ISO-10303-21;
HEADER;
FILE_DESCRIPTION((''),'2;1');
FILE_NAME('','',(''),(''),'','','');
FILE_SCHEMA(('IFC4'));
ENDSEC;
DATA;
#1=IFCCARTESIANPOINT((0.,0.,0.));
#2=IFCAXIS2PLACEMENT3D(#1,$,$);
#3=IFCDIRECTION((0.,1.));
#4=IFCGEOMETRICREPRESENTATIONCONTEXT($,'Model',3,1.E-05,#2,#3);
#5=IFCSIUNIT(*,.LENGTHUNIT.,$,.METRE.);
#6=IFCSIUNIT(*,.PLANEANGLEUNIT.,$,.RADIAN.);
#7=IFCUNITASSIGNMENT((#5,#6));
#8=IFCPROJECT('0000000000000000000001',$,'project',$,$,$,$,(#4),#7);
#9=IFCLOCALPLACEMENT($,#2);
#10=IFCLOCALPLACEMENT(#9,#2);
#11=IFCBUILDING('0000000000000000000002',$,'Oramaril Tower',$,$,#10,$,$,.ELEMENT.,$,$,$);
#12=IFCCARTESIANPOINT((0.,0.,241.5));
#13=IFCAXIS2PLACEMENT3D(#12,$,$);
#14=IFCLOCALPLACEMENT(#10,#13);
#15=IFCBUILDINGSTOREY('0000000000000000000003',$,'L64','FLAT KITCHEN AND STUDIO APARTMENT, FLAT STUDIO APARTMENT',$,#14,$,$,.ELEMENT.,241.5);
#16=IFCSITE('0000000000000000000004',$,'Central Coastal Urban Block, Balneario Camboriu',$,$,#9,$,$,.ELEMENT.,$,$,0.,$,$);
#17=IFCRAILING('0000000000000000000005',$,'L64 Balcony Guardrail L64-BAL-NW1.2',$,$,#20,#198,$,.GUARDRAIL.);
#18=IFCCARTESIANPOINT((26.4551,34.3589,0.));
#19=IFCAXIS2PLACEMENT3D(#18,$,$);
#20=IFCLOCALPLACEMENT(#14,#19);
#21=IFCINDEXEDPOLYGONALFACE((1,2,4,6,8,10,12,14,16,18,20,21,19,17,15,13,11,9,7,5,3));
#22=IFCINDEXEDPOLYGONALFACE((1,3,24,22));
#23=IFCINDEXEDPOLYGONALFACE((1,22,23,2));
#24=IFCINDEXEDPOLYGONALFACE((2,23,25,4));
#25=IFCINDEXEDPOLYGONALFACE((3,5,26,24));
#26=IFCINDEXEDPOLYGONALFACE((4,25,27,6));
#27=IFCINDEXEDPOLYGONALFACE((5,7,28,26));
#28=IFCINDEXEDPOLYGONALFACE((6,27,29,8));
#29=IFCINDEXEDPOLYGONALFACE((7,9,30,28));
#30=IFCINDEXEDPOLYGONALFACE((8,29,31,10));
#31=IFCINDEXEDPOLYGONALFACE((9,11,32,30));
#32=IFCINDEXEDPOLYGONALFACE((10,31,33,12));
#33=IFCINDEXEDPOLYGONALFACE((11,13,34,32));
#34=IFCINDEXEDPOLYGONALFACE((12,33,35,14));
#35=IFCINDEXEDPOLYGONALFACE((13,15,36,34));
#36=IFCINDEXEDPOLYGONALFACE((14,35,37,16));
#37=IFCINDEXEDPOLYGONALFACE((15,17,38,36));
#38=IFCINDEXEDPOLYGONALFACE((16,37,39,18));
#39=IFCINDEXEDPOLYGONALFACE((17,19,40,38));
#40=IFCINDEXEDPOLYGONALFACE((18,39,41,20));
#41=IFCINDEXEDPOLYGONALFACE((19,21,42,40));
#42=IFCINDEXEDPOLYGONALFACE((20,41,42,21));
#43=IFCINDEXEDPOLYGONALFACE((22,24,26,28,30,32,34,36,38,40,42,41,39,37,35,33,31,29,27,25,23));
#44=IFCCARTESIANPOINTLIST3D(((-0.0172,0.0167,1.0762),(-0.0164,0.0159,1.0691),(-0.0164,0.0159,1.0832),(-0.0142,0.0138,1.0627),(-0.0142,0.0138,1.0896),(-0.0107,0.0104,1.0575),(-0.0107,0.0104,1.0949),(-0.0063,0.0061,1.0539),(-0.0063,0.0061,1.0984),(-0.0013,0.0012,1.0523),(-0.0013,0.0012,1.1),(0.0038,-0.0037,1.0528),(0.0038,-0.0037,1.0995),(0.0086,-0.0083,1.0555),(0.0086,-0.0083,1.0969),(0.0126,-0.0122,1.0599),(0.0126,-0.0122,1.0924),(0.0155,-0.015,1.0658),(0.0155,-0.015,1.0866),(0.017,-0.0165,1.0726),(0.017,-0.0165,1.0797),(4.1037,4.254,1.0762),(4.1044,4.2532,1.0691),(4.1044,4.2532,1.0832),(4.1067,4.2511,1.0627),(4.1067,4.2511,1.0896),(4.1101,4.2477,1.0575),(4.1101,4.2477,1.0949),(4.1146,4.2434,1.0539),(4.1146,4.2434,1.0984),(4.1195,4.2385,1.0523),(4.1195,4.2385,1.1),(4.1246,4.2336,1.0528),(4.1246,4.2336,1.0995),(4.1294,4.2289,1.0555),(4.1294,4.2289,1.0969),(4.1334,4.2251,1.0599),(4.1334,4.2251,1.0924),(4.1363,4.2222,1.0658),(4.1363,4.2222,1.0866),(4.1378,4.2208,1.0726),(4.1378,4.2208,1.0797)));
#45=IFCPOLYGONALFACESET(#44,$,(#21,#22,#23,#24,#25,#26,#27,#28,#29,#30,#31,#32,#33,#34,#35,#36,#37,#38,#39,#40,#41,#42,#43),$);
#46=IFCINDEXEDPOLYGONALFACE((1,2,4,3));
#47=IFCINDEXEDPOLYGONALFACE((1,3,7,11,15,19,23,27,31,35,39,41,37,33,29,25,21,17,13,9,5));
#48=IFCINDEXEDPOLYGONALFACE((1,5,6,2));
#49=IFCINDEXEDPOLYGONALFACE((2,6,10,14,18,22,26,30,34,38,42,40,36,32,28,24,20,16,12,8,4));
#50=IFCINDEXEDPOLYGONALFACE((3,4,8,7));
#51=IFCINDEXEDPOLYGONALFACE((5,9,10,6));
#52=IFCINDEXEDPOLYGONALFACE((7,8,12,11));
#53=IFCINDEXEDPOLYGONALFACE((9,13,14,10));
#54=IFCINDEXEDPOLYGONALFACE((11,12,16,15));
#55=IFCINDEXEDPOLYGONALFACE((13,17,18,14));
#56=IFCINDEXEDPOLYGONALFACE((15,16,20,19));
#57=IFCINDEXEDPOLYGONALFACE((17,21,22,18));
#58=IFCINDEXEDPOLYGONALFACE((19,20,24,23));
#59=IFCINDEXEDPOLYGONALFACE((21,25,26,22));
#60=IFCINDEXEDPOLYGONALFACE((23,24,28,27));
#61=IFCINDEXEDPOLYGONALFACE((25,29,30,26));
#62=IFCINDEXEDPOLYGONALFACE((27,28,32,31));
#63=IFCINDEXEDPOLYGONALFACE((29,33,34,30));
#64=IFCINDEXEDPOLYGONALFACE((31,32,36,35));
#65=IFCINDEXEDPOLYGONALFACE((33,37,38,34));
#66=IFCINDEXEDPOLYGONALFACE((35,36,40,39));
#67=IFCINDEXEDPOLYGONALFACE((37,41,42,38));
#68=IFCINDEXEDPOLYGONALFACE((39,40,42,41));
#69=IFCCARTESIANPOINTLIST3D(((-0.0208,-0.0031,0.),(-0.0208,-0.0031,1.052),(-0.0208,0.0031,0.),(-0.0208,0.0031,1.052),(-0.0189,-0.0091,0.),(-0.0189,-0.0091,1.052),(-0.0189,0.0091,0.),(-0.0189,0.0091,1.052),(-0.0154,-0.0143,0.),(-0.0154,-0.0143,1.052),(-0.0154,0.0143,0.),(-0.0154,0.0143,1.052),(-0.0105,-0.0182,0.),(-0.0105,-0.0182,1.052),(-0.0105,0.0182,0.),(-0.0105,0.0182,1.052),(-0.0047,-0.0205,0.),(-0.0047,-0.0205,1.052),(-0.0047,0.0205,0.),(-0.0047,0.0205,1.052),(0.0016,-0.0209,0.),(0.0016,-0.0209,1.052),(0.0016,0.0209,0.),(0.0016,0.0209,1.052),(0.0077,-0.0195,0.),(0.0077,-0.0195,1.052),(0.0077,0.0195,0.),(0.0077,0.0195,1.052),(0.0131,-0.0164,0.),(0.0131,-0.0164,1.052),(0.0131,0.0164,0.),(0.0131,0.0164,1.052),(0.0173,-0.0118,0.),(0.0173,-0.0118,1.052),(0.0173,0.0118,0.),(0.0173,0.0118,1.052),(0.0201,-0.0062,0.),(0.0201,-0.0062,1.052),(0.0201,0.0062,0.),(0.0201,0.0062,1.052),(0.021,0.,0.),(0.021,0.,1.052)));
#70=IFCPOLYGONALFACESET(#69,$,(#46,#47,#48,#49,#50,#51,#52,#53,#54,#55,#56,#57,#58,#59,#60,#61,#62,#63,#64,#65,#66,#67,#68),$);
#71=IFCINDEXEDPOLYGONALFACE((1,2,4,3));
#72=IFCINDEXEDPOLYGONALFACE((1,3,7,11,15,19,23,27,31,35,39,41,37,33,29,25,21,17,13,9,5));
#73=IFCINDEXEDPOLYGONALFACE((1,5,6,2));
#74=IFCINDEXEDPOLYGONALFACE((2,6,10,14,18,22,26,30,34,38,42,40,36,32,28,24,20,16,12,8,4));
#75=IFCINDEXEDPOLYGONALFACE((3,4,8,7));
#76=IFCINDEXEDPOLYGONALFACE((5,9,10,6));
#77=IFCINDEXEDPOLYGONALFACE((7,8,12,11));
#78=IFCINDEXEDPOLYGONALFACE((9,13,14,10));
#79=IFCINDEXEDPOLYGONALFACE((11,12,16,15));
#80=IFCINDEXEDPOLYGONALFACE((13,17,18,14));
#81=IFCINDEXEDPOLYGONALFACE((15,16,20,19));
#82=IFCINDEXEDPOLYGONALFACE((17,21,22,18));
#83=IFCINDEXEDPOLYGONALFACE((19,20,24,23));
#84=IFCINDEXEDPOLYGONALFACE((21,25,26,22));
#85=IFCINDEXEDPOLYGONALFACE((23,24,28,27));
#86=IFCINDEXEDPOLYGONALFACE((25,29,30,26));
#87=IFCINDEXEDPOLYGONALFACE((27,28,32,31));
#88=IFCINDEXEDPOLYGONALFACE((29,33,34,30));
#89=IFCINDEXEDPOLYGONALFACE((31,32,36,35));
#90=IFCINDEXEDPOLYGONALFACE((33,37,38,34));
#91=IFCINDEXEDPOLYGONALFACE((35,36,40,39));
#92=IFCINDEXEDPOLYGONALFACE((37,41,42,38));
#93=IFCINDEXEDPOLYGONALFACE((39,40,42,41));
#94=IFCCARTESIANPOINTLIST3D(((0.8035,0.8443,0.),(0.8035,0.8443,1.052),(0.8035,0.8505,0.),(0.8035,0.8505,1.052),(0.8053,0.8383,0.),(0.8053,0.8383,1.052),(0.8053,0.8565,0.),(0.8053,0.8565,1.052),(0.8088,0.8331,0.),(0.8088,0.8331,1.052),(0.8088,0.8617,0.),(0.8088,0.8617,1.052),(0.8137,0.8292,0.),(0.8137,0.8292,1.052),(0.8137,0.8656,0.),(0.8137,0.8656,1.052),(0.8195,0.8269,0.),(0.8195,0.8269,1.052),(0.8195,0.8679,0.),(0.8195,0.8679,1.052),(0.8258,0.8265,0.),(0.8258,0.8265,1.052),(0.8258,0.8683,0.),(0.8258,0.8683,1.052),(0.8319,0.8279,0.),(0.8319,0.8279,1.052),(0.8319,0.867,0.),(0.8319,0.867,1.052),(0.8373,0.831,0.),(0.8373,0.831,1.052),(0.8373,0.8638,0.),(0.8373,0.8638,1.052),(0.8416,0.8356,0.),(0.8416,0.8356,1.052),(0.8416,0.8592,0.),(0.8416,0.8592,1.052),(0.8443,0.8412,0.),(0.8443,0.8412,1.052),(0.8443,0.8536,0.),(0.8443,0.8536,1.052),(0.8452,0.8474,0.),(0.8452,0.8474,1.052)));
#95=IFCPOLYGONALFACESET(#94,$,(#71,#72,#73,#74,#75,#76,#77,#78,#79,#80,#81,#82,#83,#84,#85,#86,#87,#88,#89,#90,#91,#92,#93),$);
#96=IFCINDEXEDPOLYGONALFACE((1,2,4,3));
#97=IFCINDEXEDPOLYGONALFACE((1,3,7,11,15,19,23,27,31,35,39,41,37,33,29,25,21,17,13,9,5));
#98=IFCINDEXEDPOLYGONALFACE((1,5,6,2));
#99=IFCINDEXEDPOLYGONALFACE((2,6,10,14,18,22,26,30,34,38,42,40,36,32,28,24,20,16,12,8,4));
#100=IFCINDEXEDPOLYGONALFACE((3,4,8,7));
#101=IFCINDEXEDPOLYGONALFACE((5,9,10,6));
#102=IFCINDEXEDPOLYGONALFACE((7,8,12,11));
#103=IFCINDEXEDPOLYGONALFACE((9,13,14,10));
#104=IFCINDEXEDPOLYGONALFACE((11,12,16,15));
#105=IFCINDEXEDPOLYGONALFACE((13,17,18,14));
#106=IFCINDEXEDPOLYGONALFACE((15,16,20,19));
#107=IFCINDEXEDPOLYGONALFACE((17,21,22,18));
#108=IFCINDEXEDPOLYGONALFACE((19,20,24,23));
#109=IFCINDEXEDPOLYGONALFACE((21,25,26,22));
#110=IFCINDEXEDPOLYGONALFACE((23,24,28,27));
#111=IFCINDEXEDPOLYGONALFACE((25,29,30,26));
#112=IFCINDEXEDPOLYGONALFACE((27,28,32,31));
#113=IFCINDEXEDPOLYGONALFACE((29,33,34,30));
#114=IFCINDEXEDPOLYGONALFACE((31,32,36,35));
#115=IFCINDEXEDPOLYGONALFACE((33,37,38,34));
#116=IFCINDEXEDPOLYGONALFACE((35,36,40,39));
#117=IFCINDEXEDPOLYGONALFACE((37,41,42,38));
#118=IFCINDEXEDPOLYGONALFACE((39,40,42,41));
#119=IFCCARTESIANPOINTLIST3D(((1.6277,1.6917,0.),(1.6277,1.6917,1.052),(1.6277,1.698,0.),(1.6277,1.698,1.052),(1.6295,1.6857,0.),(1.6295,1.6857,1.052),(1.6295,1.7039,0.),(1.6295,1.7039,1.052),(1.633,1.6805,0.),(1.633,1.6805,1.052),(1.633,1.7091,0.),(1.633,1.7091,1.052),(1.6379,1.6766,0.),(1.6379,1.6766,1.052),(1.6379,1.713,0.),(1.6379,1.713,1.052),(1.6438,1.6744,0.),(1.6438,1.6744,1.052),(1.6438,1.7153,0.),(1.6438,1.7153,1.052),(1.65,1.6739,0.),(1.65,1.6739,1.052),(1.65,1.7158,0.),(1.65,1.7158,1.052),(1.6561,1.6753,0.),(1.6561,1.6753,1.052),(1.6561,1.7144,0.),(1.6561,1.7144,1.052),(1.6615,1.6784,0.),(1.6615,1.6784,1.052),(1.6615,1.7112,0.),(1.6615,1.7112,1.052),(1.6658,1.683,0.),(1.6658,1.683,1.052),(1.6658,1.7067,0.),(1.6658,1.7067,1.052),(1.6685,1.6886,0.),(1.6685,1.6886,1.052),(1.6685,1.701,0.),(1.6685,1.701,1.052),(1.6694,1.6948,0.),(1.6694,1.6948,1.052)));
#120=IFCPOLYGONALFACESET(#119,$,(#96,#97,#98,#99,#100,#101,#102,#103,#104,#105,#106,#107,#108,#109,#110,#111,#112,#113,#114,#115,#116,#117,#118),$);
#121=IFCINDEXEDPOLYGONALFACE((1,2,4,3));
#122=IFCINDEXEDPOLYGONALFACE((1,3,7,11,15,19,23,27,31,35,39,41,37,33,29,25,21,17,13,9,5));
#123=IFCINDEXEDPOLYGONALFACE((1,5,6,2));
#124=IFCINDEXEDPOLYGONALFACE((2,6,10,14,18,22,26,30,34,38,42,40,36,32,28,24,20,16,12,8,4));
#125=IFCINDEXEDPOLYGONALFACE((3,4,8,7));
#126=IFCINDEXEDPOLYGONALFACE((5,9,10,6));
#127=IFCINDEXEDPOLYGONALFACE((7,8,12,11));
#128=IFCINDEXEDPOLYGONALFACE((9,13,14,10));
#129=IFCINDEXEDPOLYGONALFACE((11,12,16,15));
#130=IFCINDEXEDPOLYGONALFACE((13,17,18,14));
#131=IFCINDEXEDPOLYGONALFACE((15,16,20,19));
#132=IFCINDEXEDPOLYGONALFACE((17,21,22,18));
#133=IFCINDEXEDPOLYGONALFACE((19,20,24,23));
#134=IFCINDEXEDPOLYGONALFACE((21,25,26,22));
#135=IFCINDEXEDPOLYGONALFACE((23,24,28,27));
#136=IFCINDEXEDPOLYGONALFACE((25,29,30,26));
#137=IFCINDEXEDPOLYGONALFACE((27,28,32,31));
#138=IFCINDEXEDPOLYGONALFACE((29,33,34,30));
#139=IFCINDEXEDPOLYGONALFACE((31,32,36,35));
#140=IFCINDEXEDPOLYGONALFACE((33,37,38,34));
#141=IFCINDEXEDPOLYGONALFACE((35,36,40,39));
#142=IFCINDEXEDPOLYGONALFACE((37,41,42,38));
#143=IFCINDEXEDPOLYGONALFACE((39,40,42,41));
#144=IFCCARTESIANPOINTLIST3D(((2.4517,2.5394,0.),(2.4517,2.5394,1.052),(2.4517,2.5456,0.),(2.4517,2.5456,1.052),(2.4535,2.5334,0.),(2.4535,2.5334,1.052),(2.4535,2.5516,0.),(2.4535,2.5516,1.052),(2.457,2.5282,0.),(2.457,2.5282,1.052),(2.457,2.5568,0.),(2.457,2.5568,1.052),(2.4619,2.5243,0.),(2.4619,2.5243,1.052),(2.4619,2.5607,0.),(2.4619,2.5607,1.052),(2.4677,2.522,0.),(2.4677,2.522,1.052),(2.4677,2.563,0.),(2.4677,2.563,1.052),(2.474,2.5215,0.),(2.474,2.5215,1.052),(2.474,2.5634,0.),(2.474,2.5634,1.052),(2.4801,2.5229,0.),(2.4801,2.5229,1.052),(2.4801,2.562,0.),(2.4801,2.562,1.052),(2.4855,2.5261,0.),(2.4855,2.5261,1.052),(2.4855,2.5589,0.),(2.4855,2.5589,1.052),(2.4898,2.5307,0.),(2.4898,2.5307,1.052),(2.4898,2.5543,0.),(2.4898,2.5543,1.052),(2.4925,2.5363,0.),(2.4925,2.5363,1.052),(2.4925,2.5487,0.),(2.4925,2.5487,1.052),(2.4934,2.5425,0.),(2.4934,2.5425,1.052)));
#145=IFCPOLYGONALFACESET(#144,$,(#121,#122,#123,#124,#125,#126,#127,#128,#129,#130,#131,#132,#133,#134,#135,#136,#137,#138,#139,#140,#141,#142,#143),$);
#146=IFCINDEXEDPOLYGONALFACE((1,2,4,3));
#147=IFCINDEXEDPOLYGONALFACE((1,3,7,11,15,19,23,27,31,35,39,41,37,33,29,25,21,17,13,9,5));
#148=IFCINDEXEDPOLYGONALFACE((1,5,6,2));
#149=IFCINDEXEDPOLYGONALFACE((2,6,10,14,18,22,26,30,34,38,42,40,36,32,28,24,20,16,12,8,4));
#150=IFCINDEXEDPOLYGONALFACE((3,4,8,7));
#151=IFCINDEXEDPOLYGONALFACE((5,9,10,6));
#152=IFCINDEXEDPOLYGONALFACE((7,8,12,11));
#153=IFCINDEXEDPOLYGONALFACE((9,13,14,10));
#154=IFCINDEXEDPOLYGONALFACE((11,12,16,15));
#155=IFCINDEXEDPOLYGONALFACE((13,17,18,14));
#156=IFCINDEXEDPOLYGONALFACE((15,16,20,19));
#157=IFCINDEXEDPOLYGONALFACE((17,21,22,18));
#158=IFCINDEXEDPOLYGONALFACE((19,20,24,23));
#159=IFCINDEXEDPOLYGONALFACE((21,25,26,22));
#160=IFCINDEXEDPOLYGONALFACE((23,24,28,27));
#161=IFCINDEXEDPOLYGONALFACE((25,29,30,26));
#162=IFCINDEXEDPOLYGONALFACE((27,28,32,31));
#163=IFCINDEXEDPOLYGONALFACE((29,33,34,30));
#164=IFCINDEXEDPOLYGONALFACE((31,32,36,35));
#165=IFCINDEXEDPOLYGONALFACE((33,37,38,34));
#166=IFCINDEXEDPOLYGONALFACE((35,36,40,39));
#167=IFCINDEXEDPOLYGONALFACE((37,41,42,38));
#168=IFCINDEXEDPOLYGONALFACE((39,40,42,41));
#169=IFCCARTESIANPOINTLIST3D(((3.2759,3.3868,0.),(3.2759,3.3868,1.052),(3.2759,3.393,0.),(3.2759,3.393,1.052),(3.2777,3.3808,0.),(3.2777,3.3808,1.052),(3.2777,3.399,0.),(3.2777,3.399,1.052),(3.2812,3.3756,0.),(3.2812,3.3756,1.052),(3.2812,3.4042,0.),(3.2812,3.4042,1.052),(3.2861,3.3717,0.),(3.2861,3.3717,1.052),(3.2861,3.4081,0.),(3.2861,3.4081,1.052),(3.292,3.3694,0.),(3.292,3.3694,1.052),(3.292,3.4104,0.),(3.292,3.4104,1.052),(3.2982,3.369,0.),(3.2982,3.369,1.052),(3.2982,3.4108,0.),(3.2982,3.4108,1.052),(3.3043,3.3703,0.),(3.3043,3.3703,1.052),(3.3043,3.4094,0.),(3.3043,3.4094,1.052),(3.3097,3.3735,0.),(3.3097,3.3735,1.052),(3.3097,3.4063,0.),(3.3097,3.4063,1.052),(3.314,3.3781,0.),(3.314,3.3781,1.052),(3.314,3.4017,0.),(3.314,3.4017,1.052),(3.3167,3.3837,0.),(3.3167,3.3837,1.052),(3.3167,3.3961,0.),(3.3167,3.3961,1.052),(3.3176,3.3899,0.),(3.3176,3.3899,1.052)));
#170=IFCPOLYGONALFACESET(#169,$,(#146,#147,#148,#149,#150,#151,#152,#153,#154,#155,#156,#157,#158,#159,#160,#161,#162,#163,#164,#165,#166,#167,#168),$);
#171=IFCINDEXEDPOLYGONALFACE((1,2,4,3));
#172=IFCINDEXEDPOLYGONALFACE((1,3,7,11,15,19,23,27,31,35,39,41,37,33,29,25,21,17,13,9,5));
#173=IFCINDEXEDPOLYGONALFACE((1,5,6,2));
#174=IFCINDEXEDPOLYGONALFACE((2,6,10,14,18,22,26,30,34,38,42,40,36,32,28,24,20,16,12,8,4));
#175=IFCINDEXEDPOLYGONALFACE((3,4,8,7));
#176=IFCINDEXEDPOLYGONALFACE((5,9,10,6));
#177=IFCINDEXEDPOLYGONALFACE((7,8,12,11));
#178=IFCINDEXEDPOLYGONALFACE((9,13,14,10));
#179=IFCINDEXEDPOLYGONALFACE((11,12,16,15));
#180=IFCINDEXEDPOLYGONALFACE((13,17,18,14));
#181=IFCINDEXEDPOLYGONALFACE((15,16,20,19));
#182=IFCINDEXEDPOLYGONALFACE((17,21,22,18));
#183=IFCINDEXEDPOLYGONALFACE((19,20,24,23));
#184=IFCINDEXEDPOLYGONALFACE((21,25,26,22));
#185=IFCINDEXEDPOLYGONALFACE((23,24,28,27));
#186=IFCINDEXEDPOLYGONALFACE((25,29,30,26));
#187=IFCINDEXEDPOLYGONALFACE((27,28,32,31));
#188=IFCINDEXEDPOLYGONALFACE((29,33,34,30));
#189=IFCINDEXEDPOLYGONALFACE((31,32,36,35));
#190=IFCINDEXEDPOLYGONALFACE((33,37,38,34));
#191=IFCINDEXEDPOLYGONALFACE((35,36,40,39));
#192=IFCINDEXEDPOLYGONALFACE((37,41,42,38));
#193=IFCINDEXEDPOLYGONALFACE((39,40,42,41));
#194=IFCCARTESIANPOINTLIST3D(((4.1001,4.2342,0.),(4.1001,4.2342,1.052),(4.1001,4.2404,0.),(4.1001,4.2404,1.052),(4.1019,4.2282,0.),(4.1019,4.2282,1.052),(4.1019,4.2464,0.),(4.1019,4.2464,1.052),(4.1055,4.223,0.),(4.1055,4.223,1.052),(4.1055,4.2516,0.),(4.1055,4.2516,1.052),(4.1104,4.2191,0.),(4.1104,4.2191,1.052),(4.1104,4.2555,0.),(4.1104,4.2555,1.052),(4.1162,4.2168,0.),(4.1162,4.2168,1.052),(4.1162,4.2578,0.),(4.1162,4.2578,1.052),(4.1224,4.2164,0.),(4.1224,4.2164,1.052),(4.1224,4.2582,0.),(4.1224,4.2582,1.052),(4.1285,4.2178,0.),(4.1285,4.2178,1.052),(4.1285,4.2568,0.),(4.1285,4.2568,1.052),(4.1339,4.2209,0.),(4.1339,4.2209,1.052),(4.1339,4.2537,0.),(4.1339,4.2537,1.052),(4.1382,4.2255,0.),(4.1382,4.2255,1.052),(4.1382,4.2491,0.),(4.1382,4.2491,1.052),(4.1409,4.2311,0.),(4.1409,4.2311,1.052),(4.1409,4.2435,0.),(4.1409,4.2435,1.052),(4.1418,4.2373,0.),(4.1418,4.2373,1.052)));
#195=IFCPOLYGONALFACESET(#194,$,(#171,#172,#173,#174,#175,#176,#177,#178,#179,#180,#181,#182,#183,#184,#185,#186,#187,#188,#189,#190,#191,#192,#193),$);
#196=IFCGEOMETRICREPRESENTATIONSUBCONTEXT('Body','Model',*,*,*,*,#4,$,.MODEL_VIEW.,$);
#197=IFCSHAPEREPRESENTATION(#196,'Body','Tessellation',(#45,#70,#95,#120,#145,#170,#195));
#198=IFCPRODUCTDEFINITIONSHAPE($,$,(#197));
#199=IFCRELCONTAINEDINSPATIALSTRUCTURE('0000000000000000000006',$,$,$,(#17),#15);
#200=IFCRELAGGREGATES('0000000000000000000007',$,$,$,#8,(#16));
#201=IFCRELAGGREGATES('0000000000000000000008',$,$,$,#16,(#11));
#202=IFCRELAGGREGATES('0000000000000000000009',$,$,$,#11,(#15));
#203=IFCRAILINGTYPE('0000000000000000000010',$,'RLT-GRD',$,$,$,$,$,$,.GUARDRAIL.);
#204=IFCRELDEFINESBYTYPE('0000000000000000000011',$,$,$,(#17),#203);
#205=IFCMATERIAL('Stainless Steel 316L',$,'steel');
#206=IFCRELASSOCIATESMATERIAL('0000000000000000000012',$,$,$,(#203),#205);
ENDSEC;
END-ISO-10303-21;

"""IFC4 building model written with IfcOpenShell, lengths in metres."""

from ifc_helpers import new_model, si_unit, direction, frame, origin, origin_2d, place, context, subcontext, project, spatial, circle, extrude, material, type_object, element, save


model = new_model("IFC4")

# Units and contexts
model_context = context("Model", 3, precision=1e-05, world=origin(), true_north=direction((0.0, 1.0)))
body_context = subcontext(model_context, "Body", "Model", "MODEL_VIEW")
ifc_project = project(units=[si_unit("LENGTHUNIT", "METRE"), si_unit("PLANEANGLEUNIT", "RADIAN")], contexts=[model_context])

# Site, building, storey
site_placement = place(None, origin())
site = spatial("IfcSite", under=ifc_project, at=site_placement, Name="Central Coastal Urban Block, Balneario Camboriu", CompositionType="ELEMENT", RefElevation=0.0)
building_placement = place(site_placement, origin())
building = spatial("IfcBuilding", under=site, at=building_placement, Name="Oramaril Tower", CompositionType="ELEMENT")
storey_placement = place(building_placement, frame((0.0, 0.0, 241.5)))
storey = spatial("IfcBuildingStorey", under=building, at=storey_placement, Name="L64", Description="FLAT KITCHEN AND STUDIO APARTMENT, FLAT STUDIO APARTMENT", CompositionType="ELEMENT", Elevation=241.5)

# Railing
ifc_material_1 = material(Name="Stainless Steel 316L", Category="steel")
railing_type = type_object("IfcRailingType", Name="RLT-GRD", PredefinedType="GUARDRAIL", material=ifc_material_1)
railing_1_placement = place(storey_placement, frame((26.4551, 34.3589, 0.0)))
element("IfcRailing", 1, at=railing_1_placement, inside=storey, type_object=railing_type, Name="L64 Balcony Guardrail L64-BAL-NW1.2", PredefinedType="GUARDRAIL", context=body_context, shape_type="SweptSolid", body=[
    extrude(circle(Radius=0.0239, at=origin_2d()), frame((0.0, 0.0, 1.0762), z_axis=(0.697187, 0.716889, 0.0), x_axis=(-0.716889, 0.697187, 0.0)), (0.0, 0.0, 1.0), 5.9106),
    extrude(circle(Radius=0.021, at=origin_2d()), origin(), (0.0, 0.0, 1.0), 1.052),
    extrude(circle(Radius=0.021, at=origin_2d()), frame((0.8242, 0.8474, 0.0)), (0.0, 0.0, 1.0), 1.052),
    extrude(circle(Radius=0.021, at=origin_2d()), frame((1.6484, 1.6948, 0.0)), (0.0, 0.0, 1.0), 1.052),
    extrude(circle(Radius=0.021, at=origin_2d()), frame((2.4724, 2.5425, 0.0)), (0.0, 0.0, 1.0), 1.052),
    extrude(circle(Radius=0.021, at=origin_2d()), frame((3.2966, 3.3899, 0.0)), (0.0, 0.0, 1.0), 1.052),
    extrude(circle(Radius=0.021, at=origin_2d()), frame((4.1208, 4.2373, 0.0)), (0.0, 0.0, 1.0), 1.052),
])

save(model, "model.ifc")
